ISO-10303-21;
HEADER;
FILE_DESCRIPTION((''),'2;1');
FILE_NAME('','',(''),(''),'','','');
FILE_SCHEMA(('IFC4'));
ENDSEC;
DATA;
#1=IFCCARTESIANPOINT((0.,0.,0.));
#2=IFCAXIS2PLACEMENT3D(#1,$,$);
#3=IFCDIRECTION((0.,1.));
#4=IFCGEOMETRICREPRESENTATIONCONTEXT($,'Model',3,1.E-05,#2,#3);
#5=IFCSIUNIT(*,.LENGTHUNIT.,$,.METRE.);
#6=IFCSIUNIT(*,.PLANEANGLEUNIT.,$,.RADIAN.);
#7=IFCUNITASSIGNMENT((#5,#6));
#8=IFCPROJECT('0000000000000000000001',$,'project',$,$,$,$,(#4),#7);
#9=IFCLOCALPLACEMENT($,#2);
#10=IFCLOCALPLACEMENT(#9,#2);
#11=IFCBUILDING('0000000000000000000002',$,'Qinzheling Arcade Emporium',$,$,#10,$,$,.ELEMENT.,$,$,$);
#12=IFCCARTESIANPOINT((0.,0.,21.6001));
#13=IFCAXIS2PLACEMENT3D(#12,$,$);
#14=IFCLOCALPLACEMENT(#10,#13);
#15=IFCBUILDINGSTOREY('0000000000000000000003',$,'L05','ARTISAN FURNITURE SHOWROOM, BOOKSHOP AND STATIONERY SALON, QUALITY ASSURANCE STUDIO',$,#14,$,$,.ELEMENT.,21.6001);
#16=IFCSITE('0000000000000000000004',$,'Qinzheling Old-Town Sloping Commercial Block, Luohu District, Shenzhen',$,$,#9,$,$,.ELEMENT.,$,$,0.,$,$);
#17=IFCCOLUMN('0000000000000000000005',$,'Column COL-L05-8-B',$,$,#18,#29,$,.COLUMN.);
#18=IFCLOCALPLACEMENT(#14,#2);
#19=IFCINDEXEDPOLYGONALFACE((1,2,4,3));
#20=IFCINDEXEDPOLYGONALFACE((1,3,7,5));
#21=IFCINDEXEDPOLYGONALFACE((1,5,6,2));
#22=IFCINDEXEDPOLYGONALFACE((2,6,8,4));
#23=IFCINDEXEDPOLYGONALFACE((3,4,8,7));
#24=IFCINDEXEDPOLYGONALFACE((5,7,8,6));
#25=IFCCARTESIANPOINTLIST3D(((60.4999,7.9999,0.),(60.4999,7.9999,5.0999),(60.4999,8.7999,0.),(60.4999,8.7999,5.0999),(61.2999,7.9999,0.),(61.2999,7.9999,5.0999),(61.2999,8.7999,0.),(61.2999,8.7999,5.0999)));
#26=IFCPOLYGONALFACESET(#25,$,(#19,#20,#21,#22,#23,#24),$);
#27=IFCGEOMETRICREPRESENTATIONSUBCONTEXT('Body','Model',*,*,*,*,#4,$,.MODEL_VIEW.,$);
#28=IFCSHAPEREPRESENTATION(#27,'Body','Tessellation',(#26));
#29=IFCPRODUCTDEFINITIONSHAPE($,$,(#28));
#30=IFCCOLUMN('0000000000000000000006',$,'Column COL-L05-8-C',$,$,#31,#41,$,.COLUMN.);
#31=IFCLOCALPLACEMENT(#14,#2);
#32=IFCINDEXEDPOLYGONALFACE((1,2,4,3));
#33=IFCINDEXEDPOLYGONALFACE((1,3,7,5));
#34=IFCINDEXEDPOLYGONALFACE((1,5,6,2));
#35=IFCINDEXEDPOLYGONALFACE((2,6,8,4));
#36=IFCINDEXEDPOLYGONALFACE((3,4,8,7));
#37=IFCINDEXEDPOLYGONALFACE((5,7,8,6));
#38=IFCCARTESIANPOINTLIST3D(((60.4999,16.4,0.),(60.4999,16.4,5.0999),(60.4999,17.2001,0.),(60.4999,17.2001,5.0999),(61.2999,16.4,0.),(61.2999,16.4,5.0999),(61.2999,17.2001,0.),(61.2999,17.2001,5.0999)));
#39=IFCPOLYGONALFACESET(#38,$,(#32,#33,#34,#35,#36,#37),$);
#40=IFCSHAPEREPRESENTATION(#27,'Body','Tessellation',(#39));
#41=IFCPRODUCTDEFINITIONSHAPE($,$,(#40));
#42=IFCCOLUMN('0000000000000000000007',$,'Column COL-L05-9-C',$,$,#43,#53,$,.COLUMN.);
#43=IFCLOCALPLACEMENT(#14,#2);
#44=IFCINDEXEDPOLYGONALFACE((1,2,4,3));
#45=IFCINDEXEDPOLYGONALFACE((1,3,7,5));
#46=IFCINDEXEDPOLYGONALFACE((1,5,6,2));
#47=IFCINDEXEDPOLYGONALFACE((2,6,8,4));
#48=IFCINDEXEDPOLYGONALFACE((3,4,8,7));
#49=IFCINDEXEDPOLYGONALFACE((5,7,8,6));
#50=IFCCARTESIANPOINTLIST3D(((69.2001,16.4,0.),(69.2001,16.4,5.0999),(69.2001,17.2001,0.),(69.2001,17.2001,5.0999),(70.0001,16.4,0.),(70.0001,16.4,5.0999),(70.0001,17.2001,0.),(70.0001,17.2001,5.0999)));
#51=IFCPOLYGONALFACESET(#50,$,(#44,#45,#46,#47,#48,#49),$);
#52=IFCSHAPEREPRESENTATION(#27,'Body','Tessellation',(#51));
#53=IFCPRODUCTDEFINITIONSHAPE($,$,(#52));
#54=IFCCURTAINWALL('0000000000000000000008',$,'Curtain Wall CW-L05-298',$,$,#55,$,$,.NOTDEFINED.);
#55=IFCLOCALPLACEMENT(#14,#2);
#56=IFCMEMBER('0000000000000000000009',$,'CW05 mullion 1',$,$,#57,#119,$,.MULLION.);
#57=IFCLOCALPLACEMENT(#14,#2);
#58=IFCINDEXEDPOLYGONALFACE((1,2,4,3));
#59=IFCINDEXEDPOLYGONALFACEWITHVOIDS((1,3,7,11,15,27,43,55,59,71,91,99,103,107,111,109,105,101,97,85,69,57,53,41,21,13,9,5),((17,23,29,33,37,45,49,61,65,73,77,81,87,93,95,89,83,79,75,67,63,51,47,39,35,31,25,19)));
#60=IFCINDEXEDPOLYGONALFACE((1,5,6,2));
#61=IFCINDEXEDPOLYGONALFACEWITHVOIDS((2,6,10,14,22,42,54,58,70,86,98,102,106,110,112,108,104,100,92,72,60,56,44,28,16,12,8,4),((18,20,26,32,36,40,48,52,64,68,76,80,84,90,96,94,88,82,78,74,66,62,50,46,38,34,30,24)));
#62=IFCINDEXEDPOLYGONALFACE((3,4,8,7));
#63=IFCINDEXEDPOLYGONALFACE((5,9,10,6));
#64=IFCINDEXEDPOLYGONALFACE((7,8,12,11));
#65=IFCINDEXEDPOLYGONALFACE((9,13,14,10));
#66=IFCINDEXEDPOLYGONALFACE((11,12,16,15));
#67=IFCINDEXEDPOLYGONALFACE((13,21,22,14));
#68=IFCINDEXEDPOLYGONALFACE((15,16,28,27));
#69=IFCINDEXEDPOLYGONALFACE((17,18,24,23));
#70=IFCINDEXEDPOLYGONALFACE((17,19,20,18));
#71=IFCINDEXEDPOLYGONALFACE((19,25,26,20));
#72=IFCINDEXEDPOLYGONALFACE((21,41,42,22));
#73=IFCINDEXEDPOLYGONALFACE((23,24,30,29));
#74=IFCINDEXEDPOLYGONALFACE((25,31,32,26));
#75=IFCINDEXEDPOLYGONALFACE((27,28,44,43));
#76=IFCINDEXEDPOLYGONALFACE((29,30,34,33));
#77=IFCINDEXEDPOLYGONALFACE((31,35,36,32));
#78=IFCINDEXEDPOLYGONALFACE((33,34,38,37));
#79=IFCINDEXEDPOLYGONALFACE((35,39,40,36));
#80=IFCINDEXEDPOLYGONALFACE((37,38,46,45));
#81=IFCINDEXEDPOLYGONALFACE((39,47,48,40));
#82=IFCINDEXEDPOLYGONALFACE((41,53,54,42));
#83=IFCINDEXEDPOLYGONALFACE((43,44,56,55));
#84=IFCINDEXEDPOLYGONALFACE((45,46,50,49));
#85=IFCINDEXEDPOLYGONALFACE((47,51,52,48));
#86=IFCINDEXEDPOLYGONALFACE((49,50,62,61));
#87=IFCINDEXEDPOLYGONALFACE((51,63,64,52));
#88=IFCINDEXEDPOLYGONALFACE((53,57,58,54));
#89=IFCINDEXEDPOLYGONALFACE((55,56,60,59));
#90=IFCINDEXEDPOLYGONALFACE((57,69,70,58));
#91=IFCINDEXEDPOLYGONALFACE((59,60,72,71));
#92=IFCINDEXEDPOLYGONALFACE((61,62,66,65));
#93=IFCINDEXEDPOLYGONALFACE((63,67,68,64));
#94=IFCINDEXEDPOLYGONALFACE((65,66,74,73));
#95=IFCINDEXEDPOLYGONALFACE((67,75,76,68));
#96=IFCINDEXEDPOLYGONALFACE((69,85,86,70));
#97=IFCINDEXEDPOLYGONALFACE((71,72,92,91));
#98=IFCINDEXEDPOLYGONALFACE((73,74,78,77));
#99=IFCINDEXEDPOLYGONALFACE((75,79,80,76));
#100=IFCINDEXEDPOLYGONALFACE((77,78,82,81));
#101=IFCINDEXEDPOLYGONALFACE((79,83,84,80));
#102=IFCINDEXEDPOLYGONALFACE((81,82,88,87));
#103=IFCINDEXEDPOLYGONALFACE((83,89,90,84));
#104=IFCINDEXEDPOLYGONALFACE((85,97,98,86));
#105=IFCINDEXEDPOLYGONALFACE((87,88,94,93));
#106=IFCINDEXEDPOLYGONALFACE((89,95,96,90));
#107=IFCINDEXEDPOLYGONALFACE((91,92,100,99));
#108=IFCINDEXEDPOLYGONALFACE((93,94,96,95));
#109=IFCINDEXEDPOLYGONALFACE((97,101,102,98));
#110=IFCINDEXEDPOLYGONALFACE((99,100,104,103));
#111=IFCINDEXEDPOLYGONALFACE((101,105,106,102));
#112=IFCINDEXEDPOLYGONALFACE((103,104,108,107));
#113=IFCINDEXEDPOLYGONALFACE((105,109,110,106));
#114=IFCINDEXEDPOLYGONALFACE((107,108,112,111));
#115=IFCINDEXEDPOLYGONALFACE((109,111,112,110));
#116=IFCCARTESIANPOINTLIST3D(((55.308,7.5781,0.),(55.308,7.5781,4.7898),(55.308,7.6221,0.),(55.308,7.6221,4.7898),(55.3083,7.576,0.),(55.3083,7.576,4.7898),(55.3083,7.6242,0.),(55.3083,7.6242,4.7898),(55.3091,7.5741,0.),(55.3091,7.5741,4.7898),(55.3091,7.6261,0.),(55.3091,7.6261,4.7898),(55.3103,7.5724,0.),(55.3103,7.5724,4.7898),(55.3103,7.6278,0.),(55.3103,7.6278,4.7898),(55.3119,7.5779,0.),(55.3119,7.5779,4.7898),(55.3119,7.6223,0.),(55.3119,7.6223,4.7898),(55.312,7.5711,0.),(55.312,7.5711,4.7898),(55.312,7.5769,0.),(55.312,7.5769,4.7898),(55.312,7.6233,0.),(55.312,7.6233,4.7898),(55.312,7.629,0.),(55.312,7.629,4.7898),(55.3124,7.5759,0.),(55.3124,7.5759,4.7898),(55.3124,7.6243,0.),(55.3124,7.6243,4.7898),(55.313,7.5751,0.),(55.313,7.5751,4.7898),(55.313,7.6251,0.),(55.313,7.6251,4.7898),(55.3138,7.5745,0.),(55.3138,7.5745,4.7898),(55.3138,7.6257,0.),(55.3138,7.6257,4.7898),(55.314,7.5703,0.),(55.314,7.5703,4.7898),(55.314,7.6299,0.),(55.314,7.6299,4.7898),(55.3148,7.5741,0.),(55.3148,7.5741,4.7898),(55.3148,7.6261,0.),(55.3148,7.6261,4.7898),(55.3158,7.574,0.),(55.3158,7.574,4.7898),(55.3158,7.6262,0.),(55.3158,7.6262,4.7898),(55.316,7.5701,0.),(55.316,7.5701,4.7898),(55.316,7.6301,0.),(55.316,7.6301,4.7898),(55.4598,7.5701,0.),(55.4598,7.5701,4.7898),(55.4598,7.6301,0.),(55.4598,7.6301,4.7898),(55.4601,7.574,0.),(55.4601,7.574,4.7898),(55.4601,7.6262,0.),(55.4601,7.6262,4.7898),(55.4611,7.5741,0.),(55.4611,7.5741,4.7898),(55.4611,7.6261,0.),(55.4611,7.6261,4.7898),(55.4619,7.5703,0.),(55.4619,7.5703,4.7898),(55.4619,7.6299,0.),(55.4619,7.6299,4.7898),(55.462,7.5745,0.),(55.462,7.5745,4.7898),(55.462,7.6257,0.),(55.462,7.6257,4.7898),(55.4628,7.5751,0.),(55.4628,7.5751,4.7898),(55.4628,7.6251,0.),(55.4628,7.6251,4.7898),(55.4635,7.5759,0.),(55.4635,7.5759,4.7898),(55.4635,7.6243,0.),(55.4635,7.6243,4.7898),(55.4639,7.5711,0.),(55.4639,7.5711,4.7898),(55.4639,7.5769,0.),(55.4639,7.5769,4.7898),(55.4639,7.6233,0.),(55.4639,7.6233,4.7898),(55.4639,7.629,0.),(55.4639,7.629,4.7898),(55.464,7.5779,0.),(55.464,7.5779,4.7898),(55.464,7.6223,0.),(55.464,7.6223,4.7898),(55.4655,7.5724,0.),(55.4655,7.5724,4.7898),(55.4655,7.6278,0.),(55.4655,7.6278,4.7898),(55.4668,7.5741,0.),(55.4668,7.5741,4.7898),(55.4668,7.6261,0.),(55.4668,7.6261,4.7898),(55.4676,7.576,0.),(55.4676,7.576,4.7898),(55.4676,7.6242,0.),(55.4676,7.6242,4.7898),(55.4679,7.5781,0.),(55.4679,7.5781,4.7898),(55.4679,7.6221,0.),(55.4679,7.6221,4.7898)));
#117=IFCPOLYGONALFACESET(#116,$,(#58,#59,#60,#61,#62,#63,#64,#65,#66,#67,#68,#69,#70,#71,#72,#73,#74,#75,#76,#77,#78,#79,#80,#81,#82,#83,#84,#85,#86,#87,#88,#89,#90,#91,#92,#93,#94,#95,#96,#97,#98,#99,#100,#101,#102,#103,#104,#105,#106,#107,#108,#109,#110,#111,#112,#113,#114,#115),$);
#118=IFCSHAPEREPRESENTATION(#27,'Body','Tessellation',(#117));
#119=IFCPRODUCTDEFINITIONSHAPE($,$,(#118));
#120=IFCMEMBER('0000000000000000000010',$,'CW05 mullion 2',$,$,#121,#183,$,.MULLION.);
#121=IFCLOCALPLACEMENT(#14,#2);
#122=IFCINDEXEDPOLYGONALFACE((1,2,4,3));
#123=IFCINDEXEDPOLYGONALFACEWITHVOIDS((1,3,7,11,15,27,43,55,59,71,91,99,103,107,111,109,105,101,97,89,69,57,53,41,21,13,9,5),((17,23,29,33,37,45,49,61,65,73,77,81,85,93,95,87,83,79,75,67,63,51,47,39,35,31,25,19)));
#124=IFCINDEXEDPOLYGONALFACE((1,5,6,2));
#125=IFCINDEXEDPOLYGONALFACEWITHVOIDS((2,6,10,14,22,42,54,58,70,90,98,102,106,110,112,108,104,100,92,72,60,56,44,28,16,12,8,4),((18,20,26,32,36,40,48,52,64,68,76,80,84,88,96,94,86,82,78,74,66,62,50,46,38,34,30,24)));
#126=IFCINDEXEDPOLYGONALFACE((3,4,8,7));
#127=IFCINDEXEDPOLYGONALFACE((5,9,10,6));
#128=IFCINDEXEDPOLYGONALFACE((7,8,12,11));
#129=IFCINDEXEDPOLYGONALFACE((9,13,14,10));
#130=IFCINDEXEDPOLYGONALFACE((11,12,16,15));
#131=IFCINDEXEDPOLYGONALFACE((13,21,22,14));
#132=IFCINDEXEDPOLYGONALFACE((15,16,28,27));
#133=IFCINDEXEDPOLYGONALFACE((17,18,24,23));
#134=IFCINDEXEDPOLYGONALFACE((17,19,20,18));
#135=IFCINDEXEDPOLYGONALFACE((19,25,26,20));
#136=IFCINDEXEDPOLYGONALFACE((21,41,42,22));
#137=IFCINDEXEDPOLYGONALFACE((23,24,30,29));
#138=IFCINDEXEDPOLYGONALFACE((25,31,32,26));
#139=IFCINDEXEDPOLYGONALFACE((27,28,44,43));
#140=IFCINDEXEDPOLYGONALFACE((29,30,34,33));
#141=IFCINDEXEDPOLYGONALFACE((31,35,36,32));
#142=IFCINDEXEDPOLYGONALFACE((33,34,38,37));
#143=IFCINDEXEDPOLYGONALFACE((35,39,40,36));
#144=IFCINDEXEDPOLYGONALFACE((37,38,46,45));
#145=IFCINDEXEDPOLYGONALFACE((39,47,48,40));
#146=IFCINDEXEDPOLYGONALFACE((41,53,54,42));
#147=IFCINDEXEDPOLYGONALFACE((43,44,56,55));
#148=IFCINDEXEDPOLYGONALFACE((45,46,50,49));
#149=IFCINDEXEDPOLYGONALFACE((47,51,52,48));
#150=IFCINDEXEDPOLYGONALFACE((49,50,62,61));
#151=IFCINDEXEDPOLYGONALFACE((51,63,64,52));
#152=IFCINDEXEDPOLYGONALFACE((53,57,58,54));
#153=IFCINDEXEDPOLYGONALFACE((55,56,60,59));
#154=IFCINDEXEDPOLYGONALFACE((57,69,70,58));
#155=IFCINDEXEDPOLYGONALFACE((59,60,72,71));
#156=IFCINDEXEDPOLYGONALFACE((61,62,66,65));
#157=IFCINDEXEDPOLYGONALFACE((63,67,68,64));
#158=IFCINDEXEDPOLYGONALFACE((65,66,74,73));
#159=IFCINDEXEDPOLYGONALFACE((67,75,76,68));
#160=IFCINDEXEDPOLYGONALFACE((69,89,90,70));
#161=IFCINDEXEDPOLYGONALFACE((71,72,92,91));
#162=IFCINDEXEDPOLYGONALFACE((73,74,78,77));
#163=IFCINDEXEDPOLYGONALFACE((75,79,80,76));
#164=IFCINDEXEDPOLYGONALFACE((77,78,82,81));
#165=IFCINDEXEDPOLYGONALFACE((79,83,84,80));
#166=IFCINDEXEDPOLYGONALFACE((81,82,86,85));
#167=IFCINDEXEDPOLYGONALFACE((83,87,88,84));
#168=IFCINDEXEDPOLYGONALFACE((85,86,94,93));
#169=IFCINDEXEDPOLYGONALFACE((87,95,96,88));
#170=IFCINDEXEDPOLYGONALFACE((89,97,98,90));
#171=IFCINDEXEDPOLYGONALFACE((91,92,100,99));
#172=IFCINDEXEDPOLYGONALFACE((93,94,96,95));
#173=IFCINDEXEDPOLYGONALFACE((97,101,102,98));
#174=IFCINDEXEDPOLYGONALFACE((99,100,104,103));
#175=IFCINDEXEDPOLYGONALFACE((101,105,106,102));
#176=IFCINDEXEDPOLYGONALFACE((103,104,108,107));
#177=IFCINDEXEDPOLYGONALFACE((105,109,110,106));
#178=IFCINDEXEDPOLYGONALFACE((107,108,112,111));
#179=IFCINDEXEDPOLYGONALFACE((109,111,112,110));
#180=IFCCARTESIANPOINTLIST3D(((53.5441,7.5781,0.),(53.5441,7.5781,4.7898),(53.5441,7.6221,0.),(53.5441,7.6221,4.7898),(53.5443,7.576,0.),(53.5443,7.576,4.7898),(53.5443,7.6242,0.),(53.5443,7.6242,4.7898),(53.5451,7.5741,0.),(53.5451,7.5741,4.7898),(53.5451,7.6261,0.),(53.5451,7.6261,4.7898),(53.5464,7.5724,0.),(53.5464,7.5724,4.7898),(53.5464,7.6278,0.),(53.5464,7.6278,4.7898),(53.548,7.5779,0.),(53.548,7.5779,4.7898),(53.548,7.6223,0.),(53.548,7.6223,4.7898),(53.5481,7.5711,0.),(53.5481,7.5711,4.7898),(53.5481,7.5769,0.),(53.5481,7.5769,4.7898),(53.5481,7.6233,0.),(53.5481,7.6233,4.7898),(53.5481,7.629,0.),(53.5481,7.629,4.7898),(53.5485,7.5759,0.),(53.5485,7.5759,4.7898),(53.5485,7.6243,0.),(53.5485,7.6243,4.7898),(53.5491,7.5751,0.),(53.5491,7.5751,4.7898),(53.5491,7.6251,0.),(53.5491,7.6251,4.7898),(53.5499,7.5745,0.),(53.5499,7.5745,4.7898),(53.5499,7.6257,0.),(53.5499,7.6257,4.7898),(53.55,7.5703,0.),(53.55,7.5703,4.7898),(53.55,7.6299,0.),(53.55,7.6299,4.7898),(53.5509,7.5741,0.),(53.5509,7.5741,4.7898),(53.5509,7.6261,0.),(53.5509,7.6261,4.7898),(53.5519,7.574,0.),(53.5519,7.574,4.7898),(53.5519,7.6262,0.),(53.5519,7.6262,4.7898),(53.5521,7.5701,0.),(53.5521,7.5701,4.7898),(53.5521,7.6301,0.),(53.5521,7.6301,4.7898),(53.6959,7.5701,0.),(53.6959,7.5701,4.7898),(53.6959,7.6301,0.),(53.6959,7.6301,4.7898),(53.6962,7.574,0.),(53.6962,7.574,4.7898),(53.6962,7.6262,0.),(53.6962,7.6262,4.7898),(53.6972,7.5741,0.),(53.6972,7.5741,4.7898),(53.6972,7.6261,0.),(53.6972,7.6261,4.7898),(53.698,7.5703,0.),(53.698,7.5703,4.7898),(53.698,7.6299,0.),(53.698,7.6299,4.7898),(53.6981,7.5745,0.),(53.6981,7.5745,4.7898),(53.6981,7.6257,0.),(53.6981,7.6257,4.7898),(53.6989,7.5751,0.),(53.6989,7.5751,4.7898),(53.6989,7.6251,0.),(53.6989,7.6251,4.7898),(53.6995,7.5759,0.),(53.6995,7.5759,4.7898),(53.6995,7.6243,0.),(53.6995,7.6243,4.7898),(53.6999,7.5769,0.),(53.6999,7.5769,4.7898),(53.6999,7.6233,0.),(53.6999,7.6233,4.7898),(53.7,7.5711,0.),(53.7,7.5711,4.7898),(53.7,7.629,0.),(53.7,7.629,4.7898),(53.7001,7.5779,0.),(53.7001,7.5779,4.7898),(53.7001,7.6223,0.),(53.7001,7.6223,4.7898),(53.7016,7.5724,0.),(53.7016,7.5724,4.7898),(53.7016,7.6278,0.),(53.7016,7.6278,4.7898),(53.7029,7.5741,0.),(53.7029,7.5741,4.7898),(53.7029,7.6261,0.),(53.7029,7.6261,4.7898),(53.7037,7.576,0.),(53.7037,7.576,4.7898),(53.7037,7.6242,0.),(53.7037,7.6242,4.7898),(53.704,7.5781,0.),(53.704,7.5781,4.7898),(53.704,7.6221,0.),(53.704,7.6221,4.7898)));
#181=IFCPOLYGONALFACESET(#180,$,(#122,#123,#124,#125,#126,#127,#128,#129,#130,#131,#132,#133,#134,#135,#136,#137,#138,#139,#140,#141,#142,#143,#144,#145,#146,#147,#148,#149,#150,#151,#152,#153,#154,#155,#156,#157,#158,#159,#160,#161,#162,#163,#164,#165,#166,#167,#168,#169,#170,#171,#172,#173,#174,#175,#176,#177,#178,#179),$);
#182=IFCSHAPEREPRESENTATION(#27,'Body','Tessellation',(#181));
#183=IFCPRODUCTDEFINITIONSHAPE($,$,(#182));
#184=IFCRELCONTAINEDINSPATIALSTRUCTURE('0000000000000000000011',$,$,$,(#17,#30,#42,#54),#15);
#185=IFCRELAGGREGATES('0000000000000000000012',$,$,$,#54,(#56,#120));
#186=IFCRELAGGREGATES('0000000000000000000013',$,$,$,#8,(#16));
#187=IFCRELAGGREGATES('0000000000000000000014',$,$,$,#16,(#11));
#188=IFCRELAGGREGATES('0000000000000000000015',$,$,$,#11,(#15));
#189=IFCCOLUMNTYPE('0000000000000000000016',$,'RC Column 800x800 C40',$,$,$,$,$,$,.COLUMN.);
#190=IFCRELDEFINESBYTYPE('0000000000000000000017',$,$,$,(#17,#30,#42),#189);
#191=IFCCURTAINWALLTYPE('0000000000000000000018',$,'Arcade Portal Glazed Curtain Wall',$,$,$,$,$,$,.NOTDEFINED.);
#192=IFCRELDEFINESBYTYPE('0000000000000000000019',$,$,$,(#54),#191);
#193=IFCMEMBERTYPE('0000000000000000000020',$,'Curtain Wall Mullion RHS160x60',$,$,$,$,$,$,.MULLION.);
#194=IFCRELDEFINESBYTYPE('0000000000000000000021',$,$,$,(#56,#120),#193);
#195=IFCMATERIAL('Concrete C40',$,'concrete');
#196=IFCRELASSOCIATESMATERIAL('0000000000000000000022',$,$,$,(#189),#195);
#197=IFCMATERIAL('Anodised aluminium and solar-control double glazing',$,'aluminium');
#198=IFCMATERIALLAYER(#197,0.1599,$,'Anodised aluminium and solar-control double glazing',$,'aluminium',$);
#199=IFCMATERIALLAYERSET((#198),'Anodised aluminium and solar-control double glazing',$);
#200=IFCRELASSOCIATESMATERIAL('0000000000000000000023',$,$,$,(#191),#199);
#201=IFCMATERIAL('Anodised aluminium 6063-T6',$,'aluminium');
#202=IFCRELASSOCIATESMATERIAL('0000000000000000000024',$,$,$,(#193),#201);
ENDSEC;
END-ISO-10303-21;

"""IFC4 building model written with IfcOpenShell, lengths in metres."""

from ifc_helpers import new_model, si_unit, direction, frame, origin, origin_2d, place, context, subcontext, project, spatial, rectangle, hollow_rectangle, extrude, material, layer, layer_set, material_profile, profile_set, type_object, element, aggregate, save


model = new_model("IFC4")

# Units and contexts
model_context = context("Model", 3, precision=1e-05, world=origin(), true_north=direction((0.0, 1.0)))
body_context = subcontext(model_context, "Body", "Model", "MODEL_VIEW")
ifc_project = project(units=[si_unit("LENGTHUNIT", "METRE"), si_unit("PLANEANGLEUNIT", "RADIAN")], contexts=[model_context])

# Site, building, storey
site_placement = place(None, origin())
site = spatial("IfcSite", under=ifc_project, at=site_placement, Name="Qinzheling Old-Town Sloping Commercial Block, Luohu District, Shenzhen", CompositionType="ELEMENT", RefElevation=0.0)
building_placement = place(site_placement, origin())
building = spatial("IfcBuilding", under=site, at=building_placement, Name="Qinzheling Arcade Emporium", CompositionType="ELEMENT")
storey_placement = place(building_placement, frame((0.0, 0.0, 21.6001)))
storey = spatial("IfcBuildingStorey", under=building, at=storey_placement, Name="L05", Description="ARTISAN FURNITURE SHOWROOM, BOOKSHOP AND STATIONERY SALON, QUALITY ASSURANCE STUDIO", CompositionType="ELEMENT", Elevation=21.6001)

# Columns
ifc_material_1 = material(Name="Concrete C40", Category="concrete")
ifc_material_profile_1 = material_profile(ifc_material_1, rectangle(XDim=0.8, YDim=0.8, at=origin_2d()), Name="RC 800x800", Category="concrete")
ifc_profile_set_1 = profile_set([ifc_material_profile_1], Name="Concrete C40")
column_type = type_object("IfcColumnType", Name="RC Column 800x800 C40", PredefinedType="COLUMN", material=ifc_profile_set_1)
for number, where, z_axis, x_axis, name in (
    (1, (60.8999, 8.3999, 0.0), (0.0, 0.0, 1.0), (1.0, 0.0, 0.0), "Column COL-L05-8-B"),
    (2, (60.8999, 16.8, 0.0), (0.0, 0.0, 1.0), (1.0, 0.0, 0.0), "Column COL-L05-8-C"),
    (3, (69.6001, 16.8, 0.0), (0.0, 0.0, 1.0), (1.0, 0.0, 0.0), "Column COL-L05-9-C"),
):
    element("IfcColumn", number, at=place(storey_placement, frame(where, z_axis=z_axis, x_axis=x_axis)), inside=storey, type_object=column_type, Name=name, PredefinedType="COLUMN", context=body_context, shape_type="SweptSolid", body=[
        extrude(rectangle(XDim=0.8, YDim=0.8, at=origin_2d()), origin(), (0.0, 0.0, 1.0), 5.0999),
    ])

# Curtain wall, members
ifc_material_2 = material(Name="Anodised aluminium and solar-control double glazing", Category="aluminium")
ifc_layer_1 = layer(ifc_material_2, 0.1599, Name="Anodised aluminium and solar-control double glazing", Category="aluminium")
ifc_layer_set_1 = layer_set([ifc_layer_1], Name="Anodised aluminium and solar-control double glazing")
curtain_wall_type = type_object("IfcCurtainWallType", Name="Arcade Portal Glazed Curtain Wall", PredefinedType="NOTDEFINED", material=ifc_layer_set_1)
curtain_wall_placement = place(storey_placement, origin())
curtain_wall = element("IfcCurtainWall", 4, at=curtain_wall_placement, inside=storey, type_object=curtain_wall_type, Name="Curtain Wall CW-L05-298", PredefinedType="NOTDEFINED")
ifc_material_3 = material(Name="Anodised aluminium 6063-T6", Category="aluminium")
ifc_material_profile_2 = material_profile(ifc_material_3, hollow_rectangle(XDim=0.0601, YDim=0.1599, WallThickness=0.0039, InnerFilletRadius=0.0039, OuterFilletRadius=0.0081, at=origin_2d()), Name="RHS 160x60x4", Category="aluminium")
ifc_profile_set_2 = profile_set([ifc_material_profile_2], Name="Anodised aluminium 6063-T6")
member_type_1 = type_object("IfcMemberType", Name="Curtain Wall Mullion RHS160x60", PredefinedType="MULLION", material=ifc_profile_set_2)
member_1_placement = place(storey_placement, frame((55.3879, 7.6001, 0.0), z_axis=(0.0, 0.0, 1.0), x_axis=(0.0, -1.0, 0.0)))
member_1 = element("IfcMember", 5, at=member_1_placement, type_object=member_type_1, Name="CW05 mullion 1", PredefinedType="MULLION", context=body_context, shape_type="SweptSolid", body=[
    extrude(hollow_rectangle(XDim=0.0601, YDim=0.1599, WallThickness=0.0039, InnerFilletRadius=0.0039, OuterFilletRadius=0.0081, at=origin_2d()), origin(), (0.0, 0.0, 1.0), 4.7898),
])
member_2_placement = place(storey_placement, frame((53.624, 7.6001, 0.0), z_axis=(0.0, 0.0, 1.0), x_axis=(0.0, -1.0, 0.0)))
member_2 = element("IfcMember", 6, at=member_2_placement, type_object=member_type_1, Name="CW05 mullion 2", PredefinedType="MULLION", context=body_context, shape_type="SweptSolid", body=[
    extrude(hollow_rectangle(XDim=0.0601, YDim=0.1599, WallThickness=0.0039, InnerFilletRadius=0.0039, OuterFilletRadius=0.0081, at=origin_2d()), origin(), (0.0, 0.0, 1.0), 4.7898),
])

aggregate(curtain_wall, [member_1, member_2])

save(model, "model.ifc")
